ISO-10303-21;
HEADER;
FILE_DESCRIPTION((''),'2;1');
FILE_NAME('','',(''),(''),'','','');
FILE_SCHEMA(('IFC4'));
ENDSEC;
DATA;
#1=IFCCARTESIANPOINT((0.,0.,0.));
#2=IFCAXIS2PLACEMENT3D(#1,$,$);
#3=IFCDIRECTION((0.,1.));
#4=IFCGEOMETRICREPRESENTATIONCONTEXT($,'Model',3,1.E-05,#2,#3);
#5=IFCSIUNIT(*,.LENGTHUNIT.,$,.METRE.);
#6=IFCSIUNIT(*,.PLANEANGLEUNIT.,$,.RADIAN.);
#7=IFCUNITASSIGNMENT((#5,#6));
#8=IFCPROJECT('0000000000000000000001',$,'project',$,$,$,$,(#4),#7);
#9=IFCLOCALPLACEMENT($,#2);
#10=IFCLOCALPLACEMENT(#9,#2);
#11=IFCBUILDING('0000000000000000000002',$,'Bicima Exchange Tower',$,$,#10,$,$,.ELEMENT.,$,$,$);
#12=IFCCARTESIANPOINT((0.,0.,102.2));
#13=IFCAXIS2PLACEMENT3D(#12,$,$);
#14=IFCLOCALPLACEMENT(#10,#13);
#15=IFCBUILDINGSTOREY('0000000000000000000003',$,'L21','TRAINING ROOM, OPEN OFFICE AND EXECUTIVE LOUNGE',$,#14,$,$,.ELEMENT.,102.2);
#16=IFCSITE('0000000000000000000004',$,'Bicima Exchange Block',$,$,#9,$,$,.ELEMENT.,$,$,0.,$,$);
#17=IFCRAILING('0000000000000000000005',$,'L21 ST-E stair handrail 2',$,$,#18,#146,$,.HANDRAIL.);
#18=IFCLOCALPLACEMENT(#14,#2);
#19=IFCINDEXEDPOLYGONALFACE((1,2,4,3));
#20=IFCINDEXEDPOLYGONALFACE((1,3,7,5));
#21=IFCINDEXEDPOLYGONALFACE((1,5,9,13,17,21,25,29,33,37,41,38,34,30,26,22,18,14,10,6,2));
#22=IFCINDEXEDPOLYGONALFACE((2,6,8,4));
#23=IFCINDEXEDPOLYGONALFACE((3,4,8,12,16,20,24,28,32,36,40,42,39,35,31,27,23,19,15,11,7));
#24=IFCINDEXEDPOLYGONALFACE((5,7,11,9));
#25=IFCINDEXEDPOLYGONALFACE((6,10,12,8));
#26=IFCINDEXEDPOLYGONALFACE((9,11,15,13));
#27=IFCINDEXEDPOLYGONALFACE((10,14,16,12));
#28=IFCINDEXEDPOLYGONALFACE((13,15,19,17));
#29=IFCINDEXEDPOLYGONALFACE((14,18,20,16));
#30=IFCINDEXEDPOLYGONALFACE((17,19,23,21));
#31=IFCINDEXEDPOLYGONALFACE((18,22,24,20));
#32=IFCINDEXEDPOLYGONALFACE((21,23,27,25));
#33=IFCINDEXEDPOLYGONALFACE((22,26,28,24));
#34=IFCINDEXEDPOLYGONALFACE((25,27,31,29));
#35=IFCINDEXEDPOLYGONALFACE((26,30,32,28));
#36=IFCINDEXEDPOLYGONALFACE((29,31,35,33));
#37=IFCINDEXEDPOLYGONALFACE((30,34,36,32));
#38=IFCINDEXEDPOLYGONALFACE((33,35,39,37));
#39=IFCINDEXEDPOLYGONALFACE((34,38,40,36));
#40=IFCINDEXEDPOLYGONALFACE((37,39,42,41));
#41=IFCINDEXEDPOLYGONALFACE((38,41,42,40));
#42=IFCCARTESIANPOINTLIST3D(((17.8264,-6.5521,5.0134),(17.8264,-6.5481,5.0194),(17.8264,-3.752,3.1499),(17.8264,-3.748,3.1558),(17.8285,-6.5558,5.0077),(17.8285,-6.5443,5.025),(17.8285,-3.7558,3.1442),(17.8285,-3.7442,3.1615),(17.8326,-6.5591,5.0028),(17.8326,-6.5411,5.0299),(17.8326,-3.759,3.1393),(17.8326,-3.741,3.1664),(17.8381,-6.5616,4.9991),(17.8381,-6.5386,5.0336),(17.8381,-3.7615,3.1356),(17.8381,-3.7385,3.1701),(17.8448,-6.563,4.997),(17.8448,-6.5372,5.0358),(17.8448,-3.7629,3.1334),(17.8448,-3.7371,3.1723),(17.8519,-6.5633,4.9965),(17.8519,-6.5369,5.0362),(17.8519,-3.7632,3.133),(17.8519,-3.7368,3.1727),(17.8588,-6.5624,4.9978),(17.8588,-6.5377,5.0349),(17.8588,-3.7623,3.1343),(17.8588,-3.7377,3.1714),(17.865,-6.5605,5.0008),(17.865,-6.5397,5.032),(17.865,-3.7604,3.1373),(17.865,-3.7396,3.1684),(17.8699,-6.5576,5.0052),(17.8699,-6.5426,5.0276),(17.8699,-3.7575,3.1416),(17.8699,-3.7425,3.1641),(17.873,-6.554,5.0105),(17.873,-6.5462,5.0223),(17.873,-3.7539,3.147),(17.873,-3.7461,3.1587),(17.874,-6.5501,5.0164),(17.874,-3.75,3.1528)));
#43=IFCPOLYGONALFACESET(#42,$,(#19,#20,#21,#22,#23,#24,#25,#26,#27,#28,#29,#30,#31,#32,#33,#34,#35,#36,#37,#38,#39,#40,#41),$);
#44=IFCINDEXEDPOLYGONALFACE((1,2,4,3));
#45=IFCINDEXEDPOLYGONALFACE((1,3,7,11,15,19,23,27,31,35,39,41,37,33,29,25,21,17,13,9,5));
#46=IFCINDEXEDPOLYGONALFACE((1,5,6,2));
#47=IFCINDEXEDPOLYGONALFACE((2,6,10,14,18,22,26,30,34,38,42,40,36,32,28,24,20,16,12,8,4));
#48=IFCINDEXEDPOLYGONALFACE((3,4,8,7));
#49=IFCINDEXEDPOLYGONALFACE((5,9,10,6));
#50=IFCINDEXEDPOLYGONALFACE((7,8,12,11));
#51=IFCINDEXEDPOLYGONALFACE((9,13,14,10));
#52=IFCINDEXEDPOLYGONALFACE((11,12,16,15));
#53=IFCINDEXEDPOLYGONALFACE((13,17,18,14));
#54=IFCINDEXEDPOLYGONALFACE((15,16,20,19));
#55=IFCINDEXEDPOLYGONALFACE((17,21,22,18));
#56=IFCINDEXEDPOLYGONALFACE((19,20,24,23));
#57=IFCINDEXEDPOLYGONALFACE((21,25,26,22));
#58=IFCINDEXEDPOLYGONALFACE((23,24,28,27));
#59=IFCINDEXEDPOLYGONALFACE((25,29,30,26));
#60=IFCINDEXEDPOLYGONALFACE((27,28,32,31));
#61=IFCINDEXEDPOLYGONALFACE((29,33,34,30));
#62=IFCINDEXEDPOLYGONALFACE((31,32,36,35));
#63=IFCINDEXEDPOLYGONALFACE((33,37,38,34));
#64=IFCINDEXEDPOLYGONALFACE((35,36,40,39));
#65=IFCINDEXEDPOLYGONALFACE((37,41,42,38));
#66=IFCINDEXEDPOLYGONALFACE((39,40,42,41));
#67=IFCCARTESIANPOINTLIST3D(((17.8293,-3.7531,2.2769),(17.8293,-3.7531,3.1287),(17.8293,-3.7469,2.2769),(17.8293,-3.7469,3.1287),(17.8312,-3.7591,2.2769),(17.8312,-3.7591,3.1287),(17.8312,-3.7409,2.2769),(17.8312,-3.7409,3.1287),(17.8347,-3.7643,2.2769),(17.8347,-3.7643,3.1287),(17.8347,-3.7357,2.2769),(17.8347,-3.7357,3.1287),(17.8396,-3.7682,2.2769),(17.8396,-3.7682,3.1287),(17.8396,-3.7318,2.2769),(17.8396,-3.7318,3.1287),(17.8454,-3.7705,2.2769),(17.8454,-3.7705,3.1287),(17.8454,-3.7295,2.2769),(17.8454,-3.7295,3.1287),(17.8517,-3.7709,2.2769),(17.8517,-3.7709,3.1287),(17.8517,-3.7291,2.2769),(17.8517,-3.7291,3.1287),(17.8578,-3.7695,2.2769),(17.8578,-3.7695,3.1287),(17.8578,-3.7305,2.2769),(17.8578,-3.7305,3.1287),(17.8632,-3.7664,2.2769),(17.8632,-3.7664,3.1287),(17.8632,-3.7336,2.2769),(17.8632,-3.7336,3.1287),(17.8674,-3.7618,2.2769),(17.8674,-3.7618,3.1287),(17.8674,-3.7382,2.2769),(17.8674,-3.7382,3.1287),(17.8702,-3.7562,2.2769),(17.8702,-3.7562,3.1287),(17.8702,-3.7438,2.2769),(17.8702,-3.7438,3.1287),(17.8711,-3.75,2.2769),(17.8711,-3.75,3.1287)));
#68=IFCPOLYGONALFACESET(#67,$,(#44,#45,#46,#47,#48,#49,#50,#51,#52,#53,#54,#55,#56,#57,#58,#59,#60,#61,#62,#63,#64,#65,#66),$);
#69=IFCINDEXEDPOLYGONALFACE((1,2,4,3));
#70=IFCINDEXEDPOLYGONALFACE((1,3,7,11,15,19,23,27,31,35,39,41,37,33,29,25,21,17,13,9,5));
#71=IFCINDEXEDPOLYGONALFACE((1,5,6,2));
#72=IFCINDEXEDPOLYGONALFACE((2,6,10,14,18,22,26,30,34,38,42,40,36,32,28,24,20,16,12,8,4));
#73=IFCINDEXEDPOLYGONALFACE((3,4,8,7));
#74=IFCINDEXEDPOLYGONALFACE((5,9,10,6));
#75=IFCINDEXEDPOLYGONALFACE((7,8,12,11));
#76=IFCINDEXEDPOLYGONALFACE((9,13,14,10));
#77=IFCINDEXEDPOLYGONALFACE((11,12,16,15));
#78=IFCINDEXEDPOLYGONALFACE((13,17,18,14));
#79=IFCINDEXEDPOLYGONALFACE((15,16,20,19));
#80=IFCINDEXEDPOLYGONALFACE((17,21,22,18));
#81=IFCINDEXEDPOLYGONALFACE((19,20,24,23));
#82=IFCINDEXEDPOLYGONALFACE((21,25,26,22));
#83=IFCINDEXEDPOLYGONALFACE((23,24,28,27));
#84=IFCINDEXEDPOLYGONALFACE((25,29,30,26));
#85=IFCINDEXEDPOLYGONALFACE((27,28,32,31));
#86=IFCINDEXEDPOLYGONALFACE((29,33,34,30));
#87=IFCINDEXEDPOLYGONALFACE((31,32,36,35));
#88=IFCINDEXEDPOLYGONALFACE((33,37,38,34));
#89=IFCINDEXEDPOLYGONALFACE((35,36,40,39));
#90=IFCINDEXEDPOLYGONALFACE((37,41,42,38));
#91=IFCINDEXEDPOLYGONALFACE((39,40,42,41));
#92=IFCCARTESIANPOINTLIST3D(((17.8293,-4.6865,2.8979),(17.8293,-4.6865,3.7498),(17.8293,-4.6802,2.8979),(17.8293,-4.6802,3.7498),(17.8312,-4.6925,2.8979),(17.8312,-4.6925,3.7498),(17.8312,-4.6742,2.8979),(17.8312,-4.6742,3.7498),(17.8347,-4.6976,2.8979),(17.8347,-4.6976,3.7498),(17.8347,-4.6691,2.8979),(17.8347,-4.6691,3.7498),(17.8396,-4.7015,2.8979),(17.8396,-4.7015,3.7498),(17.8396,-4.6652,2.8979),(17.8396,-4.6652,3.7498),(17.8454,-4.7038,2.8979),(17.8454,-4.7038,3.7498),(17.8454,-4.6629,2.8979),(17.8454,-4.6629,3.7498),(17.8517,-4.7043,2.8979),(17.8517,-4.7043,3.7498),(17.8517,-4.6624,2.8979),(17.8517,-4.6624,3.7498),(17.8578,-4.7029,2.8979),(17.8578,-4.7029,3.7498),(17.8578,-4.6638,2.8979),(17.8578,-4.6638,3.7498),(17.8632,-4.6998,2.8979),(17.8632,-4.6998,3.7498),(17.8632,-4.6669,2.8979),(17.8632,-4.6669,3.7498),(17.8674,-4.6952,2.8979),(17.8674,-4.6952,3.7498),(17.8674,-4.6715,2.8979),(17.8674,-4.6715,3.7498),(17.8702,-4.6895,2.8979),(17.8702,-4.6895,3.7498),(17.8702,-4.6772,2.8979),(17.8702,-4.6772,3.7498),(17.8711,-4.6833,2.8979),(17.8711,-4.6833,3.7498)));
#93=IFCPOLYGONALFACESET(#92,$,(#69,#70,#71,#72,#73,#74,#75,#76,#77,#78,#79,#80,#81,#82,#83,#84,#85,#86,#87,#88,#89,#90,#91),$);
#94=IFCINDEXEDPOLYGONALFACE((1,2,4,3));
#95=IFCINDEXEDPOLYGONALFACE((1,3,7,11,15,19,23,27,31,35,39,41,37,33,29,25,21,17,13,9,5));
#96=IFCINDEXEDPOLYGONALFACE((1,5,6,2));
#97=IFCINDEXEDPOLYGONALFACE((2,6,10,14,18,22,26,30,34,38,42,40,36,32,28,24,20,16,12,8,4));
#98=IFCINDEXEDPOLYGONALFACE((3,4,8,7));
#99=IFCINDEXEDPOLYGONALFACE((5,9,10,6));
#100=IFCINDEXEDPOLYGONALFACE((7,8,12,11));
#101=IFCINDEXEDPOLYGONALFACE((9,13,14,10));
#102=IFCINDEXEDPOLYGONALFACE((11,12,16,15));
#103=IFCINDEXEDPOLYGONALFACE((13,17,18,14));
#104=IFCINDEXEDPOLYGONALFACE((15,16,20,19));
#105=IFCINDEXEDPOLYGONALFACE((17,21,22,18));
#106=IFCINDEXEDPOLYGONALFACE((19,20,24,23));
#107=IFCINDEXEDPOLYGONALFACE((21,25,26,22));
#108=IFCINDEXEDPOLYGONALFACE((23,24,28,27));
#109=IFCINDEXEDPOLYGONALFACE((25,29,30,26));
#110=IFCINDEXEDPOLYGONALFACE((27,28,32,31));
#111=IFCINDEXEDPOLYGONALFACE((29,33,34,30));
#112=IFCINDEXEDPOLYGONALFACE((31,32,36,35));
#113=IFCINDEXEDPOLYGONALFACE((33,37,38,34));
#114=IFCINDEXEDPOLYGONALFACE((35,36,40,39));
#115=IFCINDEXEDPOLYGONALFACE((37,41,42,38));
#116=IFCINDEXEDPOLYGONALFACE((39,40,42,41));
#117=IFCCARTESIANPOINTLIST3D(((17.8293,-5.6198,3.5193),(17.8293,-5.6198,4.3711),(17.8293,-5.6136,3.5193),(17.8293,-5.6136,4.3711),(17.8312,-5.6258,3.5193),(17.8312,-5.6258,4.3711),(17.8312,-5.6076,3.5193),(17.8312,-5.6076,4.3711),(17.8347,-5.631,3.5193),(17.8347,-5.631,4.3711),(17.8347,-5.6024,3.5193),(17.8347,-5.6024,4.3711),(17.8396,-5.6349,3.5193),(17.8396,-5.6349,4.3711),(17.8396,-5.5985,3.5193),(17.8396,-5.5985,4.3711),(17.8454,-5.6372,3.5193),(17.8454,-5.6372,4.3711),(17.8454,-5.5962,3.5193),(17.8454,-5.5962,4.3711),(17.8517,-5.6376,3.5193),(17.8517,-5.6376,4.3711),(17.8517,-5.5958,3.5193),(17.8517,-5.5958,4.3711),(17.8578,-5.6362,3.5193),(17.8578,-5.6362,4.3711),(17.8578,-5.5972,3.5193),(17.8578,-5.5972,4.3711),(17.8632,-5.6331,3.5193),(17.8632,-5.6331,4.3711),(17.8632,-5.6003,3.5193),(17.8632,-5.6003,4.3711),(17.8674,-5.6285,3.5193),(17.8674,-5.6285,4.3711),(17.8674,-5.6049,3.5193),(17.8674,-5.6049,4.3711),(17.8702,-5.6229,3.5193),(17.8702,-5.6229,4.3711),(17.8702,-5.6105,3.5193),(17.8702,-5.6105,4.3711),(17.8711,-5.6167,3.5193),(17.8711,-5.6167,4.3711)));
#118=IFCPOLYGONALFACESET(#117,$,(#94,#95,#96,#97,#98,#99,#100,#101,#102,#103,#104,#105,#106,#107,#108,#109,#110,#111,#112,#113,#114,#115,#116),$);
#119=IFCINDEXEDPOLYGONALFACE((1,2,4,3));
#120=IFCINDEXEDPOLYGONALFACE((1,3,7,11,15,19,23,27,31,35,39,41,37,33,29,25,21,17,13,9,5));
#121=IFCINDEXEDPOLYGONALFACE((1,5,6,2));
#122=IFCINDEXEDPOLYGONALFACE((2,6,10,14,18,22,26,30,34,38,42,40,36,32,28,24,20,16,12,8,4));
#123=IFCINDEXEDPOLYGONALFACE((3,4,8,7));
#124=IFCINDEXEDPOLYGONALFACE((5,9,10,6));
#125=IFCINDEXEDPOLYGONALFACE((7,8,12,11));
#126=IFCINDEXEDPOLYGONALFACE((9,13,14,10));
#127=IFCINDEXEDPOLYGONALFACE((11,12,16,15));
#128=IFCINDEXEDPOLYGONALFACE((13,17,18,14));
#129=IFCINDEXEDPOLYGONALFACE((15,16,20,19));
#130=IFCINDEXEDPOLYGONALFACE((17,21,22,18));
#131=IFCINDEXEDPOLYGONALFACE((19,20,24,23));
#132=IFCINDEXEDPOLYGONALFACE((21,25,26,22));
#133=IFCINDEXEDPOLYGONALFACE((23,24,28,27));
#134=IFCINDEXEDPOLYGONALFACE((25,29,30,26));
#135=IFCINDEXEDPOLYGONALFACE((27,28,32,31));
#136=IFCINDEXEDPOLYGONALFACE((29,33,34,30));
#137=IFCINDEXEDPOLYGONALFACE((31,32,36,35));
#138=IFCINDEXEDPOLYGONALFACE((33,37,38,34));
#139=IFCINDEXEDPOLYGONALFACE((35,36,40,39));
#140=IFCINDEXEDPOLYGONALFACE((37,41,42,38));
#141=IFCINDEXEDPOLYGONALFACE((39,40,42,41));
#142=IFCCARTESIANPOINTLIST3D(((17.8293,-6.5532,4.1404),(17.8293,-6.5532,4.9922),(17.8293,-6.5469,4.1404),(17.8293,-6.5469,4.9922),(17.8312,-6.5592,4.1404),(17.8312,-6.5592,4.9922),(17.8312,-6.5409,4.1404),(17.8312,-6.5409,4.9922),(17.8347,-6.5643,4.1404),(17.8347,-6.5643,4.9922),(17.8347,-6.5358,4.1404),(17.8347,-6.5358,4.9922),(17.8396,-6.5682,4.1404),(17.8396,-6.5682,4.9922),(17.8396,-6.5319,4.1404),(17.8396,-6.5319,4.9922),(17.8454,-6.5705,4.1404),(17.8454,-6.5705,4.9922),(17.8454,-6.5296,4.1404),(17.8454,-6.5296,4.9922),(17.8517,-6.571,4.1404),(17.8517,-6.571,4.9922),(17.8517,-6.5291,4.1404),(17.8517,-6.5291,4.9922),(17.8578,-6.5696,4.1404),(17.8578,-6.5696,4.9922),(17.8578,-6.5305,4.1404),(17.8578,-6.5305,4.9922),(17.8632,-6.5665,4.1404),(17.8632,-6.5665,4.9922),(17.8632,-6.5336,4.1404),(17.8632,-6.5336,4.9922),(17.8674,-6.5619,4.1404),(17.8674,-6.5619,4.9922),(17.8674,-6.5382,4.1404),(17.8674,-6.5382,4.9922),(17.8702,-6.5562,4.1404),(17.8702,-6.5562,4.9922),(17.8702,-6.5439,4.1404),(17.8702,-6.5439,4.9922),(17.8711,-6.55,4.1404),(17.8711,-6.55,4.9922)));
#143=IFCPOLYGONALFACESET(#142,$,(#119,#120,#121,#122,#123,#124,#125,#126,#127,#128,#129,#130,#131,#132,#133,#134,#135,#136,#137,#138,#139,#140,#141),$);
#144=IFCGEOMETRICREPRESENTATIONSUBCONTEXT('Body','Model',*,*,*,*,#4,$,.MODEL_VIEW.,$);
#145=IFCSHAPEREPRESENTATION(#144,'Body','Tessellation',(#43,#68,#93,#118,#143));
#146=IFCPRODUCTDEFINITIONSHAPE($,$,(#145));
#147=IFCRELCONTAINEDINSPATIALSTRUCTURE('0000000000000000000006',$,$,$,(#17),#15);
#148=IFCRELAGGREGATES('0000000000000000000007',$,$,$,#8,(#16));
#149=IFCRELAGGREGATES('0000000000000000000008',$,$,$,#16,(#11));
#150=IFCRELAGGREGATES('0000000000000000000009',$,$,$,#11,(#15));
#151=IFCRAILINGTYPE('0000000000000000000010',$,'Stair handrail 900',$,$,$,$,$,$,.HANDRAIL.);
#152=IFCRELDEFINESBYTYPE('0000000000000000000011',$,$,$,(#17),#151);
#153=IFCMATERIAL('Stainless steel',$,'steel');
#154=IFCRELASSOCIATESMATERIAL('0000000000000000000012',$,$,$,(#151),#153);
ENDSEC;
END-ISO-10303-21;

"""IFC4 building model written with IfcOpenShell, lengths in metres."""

from ifc_helpers import new_model, si_unit, direction, frame, origin, origin_2d, place, context, subcontext, project, spatial, circle, extrude, material, type_object, element, save


model = new_model("IFC4")

# Units and contexts
model_context = context("Model", 3, precision=1e-05, world=origin(), true_north=direction((0.0, 1.0)))
body_context = subcontext(model_context, "Body", "Model", "MODEL_VIEW")
ifc_project = project(units=[si_unit("LENGTHUNIT", "METRE"), si_unit("PLANEANGLEUNIT", "RADIAN")], contexts=[model_context])

# Site, building, storey
site_placement = place(None, origin())
site = spatial("IfcSite", under=ifc_project, at=site_placement, Name="Bicima Exchange Block", CompositionType="ELEMENT", RefElevation=0.0)
building_placement = place(site_placement, origin())
building = spatial("IfcBuilding", under=site, at=building_placement, Name="Bicima Exchange Tower", CompositionType="ELEMENT")
storey_placement = place(building_placement, frame((0.0, 0.0, 102.2)))
storey = spatial("IfcBuildingStorey", under=building, at=storey_placement, Name="L21", Description="TRAINING ROOM, OPEN OFFICE AND EXECUTIVE LOUNGE", CompositionType="ELEMENT", Elevation=102.2)

# Railing
ifc_material_1 = material(Name="Stainless steel", Category="steel")
railing_type = type_object("IfcRailingType", Name="Stair handrail 900", PredefinedType="HANDRAIL", material=ifc_material_1)
railing_placement = place(storey_placement, frame((17.8501, -3.75, 2.2769)))
element("IfcRailing", 1, at=railing_placement, inside=storey, type_object=railing_type, Name="L21 ST-E stair handrail 2", PredefinedType="HANDRAIL", context=body_context, shape_type="SweptSolid", body=[
    extrude(circle(Radius=0.0239, at=origin_2d()), frame((0.0, 0.0, 0.876), z_axis=(0.0, -0.832486, 0.554047), x_axis=(1.0, 0.0, 0.0)), (0.0, 0.0, 1.0), 3.3635),
    extrude(circle(Radius=0.021, at=origin_2d()), origin(), (0.0, 0.0, 1.0), 0.8518),
    extrude(circle(Radius=0.021, at=origin_2d()), frame((0.0, -0.9333, 0.6211)), (0.0, 0.0, 1.0), 0.8518),
    extrude(circle(Radius=0.021, at=origin_2d()), frame((0.0, -1.8667, 1.2424)), (0.0, 0.0, 1.0), 0.8518),
    extrude(circle(Radius=0.021, at=origin_2d()), frame((0.0, -2.8, 1.8635)), (0.0, 0.0, 1.0), 0.8518),
])

save(model, "model.ifc")
